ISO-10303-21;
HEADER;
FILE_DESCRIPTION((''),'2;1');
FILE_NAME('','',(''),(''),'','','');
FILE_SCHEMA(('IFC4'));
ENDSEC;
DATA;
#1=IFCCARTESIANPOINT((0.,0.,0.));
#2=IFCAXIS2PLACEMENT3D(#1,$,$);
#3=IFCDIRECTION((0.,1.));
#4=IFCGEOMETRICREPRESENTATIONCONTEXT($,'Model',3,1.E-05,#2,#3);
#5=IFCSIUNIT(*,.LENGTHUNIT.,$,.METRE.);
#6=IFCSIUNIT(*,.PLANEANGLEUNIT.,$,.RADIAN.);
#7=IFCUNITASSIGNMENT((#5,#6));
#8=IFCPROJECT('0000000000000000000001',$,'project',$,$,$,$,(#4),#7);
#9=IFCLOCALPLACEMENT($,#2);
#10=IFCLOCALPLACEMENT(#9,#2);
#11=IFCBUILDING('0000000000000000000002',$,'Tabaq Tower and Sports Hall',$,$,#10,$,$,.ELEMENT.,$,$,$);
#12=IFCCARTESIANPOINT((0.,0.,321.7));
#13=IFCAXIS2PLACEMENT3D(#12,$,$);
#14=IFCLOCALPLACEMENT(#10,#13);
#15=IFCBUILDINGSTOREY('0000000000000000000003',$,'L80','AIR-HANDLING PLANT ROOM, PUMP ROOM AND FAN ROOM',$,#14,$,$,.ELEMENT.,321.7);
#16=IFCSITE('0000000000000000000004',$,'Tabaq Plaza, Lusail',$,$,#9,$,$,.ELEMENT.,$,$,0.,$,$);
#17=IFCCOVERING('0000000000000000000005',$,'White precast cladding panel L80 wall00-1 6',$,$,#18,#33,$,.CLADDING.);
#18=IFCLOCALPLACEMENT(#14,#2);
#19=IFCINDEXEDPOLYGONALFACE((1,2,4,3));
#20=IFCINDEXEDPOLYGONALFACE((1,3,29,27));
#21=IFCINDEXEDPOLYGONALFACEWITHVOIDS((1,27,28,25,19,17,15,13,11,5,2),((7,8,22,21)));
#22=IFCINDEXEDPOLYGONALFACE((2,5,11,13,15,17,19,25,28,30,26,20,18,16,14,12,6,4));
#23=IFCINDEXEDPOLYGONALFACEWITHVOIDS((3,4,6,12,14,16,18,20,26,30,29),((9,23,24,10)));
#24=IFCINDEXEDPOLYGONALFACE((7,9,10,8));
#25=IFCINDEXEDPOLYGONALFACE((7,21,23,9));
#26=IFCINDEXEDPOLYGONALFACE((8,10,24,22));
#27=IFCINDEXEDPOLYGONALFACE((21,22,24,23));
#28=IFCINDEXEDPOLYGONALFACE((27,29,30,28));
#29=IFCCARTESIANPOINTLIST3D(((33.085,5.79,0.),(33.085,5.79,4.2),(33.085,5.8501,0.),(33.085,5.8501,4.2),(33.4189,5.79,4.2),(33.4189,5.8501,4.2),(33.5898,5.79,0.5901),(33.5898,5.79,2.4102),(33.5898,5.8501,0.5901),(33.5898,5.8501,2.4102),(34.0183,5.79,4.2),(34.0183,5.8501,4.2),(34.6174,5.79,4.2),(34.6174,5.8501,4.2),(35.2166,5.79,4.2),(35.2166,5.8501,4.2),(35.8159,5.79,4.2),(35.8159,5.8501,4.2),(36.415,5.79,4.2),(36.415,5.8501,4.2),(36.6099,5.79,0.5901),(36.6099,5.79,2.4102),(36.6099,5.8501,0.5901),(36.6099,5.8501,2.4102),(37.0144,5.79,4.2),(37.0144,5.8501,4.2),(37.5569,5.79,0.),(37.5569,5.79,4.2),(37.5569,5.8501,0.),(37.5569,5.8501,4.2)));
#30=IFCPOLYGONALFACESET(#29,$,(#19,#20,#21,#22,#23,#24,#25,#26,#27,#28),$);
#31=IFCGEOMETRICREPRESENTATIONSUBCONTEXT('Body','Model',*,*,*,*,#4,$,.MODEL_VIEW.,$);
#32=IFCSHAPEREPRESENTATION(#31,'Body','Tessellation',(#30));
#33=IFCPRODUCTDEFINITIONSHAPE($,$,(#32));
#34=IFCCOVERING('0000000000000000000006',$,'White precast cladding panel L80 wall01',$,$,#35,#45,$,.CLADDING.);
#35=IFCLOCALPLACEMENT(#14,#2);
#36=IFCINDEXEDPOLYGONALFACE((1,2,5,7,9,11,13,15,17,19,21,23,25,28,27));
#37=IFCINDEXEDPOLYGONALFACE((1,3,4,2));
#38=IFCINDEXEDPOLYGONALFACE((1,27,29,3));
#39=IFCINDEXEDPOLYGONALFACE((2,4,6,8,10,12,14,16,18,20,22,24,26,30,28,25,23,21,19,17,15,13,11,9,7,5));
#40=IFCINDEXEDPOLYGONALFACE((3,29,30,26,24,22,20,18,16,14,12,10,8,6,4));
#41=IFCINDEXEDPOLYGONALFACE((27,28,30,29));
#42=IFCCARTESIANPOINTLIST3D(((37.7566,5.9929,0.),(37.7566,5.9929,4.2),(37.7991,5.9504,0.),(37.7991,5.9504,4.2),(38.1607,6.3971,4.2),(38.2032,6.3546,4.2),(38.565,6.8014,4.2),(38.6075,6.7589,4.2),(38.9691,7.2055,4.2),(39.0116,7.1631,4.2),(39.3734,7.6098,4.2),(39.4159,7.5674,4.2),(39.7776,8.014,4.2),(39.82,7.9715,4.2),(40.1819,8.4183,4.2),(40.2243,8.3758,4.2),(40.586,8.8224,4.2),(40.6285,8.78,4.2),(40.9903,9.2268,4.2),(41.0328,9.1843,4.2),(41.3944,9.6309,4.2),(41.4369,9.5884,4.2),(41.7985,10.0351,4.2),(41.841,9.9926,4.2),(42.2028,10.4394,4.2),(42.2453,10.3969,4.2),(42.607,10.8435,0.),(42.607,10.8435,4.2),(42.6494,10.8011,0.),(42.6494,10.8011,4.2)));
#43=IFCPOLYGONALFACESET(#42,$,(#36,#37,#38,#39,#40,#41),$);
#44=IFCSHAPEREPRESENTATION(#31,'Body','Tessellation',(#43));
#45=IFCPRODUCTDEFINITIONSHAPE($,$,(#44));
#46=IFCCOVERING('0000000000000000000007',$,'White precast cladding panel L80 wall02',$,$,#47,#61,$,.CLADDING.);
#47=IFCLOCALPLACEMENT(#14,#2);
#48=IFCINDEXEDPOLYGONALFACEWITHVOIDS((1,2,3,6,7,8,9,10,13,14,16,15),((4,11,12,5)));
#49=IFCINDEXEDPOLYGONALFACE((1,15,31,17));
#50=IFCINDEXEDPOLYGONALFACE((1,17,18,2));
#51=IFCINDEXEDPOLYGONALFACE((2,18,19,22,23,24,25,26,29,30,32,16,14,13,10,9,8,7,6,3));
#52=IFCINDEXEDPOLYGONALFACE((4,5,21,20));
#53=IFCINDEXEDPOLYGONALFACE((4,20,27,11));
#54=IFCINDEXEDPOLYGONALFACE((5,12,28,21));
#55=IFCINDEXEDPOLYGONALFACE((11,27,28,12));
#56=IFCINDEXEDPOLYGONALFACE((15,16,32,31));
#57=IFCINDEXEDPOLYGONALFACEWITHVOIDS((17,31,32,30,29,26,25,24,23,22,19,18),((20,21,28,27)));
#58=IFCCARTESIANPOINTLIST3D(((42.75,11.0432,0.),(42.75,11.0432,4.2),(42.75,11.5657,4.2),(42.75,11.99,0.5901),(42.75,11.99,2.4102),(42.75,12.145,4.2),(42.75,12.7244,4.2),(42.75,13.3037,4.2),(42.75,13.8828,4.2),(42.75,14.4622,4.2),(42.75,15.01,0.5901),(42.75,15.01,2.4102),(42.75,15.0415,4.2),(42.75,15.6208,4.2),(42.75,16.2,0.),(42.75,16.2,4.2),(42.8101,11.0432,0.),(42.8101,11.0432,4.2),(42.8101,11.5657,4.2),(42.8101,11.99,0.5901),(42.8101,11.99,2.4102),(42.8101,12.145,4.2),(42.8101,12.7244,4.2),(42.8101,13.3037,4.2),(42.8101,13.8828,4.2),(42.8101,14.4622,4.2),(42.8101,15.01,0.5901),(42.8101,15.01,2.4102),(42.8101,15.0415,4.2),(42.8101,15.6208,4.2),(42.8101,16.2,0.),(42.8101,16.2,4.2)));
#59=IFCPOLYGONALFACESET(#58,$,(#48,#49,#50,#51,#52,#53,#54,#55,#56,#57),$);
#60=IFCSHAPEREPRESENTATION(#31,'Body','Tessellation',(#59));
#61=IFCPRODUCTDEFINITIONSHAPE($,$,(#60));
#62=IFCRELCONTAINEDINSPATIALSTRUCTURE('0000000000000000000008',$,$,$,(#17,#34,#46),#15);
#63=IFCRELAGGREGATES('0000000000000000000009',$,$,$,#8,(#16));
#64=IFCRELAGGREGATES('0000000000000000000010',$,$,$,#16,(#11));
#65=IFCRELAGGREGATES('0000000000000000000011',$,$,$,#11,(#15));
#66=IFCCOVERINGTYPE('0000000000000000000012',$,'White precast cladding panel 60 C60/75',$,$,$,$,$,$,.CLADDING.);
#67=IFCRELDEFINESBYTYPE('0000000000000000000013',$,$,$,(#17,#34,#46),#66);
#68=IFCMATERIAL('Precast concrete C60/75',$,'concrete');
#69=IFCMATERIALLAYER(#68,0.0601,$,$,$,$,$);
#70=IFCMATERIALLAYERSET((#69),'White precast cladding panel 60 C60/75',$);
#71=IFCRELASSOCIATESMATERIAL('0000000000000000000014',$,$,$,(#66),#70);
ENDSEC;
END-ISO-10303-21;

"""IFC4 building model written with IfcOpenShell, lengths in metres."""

from ifc_helpers import new_model, si_unit, direction, frame, origin, place, context, subcontext, project, spatial, polyline, outline, extrude, material, layer, layer_set, type_object, element, save


model = new_model("IFC4")

# Units and contexts
model_context = context("Model", 3, precision=1e-05, world=origin(), true_north=direction((0.0, 1.0)))
body_context = subcontext(model_context, "Body", "Model", "MODEL_VIEW")
ifc_project = project(units=[si_unit("LENGTHUNIT", "METRE"), si_unit("PLANEANGLEUNIT", "RADIAN")], contexts=[model_context])

# Site, building, storey
site_placement = place(None, origin())
site = spatial("IfcSite", under=ifc_project, at=site_placement, Name="Tabaq Plaza, Lusail", CompositionType="ELEMENT", RefElevation=0.0)
building_placement = place(site_placement, origin())
building = spatial("IfcBuilding", under=site, at=building_placement, Name="Tabaq Tower and Sports Hall", CompositionType="ELEMENT")
storey_placement = place(building_placement, frame((0.0, 0.0, 321.7)))
storey = spatial("IfcBuildingStorey", under=building, at=storey_placement, Name="L80", Description="AIR-HANDLING PLANT ROOM, PUMP ROOM AND FAN ROOM", CompositionType="ELEMENT", Elevation=321.7)

# Coverings
ifc_material_1 = material(Name="Precast concrete C60/75", Category="concrete")
ifc_layer_1 = layer(ifc_material_1, 0.0601)
ifc_layer_set_1 = layer_set([ifc_layer_1], Name="White precast cladding panel 60 C60/75")
covering_type = type_object("IfcCoveringType", Name="White precast cladding panel 60 C60/75", PredefinedType="CLADDING", material=ifc_layer_set_1)
covering_1_placement = place(storey_placement, frame((33.085, 5.8201, 0.0), z_axis=(0.0, 0.0, 1.0), x_axis=(1.0, 0.0, 0.0)))
element("IfcCovering", 1, at=covering_1_placement, inside=storey, type_object=covering_type, Name="White precast cladding panel L80 wall00-1 6", PredefinedType="CLADDING", context=body_context, shape_type="SweptSolid", body=[
    extrude(outline(polyline([(0.0, 0.0), (4.4719, 0.0), (4.4719, 4.2), (3.9294, 4.2), (3.3301, 4.2), (2.731, 4.2), (2.1316, 4.2), (1.5325, 4.2), (0.9333, 4.2), (0.334, 4.2), (0.0, 4.2), (0.0, 0.0)]), holes=[polyline([(0.5049, 0.5901), (0.5049, 2.4102), (3.5249, 2.4102), (3.5249, 0.5901), (0.5049, 0.5901)])]), frame((0.0, 0.03, 0.0), z_axis=(0.0, -1.0, 0.0), x_axis=(1.0, 0.0, 0.0)), (0.0, 0.0, 1.0), 0.0601),
])
covering_2_placement = place(storey_placement, frame((37.7778, 5.9717, 0.0), z_axis=(0.0, 0.0, 1.0), x_axis=(0.707089, 0.707125, 0.0)))
element("IfcCovering", 2, at=covering_2_placement, inside=storey, type_object=covering_type, Name="White precast cladding panel L80 wall01", PredefinedType="CLADDING", context=body_context, shape_type="SweptSolid", body=[
    extrude(outline(polyline([(0.0, 0.0), (6.8596, 0.0), (6.8596, 4.2), (6.2881, 4.2), (5.7163, 4.2), (5.1448, 4.2), (4.5732, 4.2), (4.0015, 4.2), (3.4299, 4.2), (2.8582, 4.2), (2.2866, 4.2), (1.7148, 4.2), (1.1433, 4.2), (0.5715, 4.2), (0.0, 4.2), (0.0, 0.0)])), frame((0.0, 0.03, 0.0), z_axis=(0.0, -1.0, 0.0), x_axis=(1.0, 0.0, 0.0)), (0.0, 0.0, 1.0), 0.0601),
])
covering_3_placement = place(storey_placement, frame((42.78, 11.0432, 0.0), z_axis=(0.0, 0.0, 1.0), x_axis=(0.0, 1.0, 0.0)))
element("IfcCovering", 3, at=covering_3_placement, inside=storey, type_object=covering_type, Name="White precast cladding panel L80 wall02", PredefinedType="CLADDING", context=body_context, shape_type="SweptSolid", body=[
    extrude(outline(polyline([(0.0, 0.0), (5.1567, 0.0), (5.1567, 4.2), (4.5776, 4.2), (3.9983, 4.2), (3.4189, 4.2), (2.8396, 4.2), (2.2605, 4.2), (1.6812, 4.2), (1.1018, 4.2), (0.5225, 4.2), (0.0, 4.2), (0.0, 0.0)]), holes=[polyline([(0.9468, 0.5901), (0.9468, 2.4102), (3.9668, 2.4102), (3.9668, 0.5901), (0.9468, 0.5901)])]), frame((0.0, 0.03, 0.0), z_axis=(0.0, -1.0, 0.0), x_axis=(1.0, 0.0, 0.0)), (0.0, 0.0, 1.0), 0.0601),
])

save(model, "model.ifc")
